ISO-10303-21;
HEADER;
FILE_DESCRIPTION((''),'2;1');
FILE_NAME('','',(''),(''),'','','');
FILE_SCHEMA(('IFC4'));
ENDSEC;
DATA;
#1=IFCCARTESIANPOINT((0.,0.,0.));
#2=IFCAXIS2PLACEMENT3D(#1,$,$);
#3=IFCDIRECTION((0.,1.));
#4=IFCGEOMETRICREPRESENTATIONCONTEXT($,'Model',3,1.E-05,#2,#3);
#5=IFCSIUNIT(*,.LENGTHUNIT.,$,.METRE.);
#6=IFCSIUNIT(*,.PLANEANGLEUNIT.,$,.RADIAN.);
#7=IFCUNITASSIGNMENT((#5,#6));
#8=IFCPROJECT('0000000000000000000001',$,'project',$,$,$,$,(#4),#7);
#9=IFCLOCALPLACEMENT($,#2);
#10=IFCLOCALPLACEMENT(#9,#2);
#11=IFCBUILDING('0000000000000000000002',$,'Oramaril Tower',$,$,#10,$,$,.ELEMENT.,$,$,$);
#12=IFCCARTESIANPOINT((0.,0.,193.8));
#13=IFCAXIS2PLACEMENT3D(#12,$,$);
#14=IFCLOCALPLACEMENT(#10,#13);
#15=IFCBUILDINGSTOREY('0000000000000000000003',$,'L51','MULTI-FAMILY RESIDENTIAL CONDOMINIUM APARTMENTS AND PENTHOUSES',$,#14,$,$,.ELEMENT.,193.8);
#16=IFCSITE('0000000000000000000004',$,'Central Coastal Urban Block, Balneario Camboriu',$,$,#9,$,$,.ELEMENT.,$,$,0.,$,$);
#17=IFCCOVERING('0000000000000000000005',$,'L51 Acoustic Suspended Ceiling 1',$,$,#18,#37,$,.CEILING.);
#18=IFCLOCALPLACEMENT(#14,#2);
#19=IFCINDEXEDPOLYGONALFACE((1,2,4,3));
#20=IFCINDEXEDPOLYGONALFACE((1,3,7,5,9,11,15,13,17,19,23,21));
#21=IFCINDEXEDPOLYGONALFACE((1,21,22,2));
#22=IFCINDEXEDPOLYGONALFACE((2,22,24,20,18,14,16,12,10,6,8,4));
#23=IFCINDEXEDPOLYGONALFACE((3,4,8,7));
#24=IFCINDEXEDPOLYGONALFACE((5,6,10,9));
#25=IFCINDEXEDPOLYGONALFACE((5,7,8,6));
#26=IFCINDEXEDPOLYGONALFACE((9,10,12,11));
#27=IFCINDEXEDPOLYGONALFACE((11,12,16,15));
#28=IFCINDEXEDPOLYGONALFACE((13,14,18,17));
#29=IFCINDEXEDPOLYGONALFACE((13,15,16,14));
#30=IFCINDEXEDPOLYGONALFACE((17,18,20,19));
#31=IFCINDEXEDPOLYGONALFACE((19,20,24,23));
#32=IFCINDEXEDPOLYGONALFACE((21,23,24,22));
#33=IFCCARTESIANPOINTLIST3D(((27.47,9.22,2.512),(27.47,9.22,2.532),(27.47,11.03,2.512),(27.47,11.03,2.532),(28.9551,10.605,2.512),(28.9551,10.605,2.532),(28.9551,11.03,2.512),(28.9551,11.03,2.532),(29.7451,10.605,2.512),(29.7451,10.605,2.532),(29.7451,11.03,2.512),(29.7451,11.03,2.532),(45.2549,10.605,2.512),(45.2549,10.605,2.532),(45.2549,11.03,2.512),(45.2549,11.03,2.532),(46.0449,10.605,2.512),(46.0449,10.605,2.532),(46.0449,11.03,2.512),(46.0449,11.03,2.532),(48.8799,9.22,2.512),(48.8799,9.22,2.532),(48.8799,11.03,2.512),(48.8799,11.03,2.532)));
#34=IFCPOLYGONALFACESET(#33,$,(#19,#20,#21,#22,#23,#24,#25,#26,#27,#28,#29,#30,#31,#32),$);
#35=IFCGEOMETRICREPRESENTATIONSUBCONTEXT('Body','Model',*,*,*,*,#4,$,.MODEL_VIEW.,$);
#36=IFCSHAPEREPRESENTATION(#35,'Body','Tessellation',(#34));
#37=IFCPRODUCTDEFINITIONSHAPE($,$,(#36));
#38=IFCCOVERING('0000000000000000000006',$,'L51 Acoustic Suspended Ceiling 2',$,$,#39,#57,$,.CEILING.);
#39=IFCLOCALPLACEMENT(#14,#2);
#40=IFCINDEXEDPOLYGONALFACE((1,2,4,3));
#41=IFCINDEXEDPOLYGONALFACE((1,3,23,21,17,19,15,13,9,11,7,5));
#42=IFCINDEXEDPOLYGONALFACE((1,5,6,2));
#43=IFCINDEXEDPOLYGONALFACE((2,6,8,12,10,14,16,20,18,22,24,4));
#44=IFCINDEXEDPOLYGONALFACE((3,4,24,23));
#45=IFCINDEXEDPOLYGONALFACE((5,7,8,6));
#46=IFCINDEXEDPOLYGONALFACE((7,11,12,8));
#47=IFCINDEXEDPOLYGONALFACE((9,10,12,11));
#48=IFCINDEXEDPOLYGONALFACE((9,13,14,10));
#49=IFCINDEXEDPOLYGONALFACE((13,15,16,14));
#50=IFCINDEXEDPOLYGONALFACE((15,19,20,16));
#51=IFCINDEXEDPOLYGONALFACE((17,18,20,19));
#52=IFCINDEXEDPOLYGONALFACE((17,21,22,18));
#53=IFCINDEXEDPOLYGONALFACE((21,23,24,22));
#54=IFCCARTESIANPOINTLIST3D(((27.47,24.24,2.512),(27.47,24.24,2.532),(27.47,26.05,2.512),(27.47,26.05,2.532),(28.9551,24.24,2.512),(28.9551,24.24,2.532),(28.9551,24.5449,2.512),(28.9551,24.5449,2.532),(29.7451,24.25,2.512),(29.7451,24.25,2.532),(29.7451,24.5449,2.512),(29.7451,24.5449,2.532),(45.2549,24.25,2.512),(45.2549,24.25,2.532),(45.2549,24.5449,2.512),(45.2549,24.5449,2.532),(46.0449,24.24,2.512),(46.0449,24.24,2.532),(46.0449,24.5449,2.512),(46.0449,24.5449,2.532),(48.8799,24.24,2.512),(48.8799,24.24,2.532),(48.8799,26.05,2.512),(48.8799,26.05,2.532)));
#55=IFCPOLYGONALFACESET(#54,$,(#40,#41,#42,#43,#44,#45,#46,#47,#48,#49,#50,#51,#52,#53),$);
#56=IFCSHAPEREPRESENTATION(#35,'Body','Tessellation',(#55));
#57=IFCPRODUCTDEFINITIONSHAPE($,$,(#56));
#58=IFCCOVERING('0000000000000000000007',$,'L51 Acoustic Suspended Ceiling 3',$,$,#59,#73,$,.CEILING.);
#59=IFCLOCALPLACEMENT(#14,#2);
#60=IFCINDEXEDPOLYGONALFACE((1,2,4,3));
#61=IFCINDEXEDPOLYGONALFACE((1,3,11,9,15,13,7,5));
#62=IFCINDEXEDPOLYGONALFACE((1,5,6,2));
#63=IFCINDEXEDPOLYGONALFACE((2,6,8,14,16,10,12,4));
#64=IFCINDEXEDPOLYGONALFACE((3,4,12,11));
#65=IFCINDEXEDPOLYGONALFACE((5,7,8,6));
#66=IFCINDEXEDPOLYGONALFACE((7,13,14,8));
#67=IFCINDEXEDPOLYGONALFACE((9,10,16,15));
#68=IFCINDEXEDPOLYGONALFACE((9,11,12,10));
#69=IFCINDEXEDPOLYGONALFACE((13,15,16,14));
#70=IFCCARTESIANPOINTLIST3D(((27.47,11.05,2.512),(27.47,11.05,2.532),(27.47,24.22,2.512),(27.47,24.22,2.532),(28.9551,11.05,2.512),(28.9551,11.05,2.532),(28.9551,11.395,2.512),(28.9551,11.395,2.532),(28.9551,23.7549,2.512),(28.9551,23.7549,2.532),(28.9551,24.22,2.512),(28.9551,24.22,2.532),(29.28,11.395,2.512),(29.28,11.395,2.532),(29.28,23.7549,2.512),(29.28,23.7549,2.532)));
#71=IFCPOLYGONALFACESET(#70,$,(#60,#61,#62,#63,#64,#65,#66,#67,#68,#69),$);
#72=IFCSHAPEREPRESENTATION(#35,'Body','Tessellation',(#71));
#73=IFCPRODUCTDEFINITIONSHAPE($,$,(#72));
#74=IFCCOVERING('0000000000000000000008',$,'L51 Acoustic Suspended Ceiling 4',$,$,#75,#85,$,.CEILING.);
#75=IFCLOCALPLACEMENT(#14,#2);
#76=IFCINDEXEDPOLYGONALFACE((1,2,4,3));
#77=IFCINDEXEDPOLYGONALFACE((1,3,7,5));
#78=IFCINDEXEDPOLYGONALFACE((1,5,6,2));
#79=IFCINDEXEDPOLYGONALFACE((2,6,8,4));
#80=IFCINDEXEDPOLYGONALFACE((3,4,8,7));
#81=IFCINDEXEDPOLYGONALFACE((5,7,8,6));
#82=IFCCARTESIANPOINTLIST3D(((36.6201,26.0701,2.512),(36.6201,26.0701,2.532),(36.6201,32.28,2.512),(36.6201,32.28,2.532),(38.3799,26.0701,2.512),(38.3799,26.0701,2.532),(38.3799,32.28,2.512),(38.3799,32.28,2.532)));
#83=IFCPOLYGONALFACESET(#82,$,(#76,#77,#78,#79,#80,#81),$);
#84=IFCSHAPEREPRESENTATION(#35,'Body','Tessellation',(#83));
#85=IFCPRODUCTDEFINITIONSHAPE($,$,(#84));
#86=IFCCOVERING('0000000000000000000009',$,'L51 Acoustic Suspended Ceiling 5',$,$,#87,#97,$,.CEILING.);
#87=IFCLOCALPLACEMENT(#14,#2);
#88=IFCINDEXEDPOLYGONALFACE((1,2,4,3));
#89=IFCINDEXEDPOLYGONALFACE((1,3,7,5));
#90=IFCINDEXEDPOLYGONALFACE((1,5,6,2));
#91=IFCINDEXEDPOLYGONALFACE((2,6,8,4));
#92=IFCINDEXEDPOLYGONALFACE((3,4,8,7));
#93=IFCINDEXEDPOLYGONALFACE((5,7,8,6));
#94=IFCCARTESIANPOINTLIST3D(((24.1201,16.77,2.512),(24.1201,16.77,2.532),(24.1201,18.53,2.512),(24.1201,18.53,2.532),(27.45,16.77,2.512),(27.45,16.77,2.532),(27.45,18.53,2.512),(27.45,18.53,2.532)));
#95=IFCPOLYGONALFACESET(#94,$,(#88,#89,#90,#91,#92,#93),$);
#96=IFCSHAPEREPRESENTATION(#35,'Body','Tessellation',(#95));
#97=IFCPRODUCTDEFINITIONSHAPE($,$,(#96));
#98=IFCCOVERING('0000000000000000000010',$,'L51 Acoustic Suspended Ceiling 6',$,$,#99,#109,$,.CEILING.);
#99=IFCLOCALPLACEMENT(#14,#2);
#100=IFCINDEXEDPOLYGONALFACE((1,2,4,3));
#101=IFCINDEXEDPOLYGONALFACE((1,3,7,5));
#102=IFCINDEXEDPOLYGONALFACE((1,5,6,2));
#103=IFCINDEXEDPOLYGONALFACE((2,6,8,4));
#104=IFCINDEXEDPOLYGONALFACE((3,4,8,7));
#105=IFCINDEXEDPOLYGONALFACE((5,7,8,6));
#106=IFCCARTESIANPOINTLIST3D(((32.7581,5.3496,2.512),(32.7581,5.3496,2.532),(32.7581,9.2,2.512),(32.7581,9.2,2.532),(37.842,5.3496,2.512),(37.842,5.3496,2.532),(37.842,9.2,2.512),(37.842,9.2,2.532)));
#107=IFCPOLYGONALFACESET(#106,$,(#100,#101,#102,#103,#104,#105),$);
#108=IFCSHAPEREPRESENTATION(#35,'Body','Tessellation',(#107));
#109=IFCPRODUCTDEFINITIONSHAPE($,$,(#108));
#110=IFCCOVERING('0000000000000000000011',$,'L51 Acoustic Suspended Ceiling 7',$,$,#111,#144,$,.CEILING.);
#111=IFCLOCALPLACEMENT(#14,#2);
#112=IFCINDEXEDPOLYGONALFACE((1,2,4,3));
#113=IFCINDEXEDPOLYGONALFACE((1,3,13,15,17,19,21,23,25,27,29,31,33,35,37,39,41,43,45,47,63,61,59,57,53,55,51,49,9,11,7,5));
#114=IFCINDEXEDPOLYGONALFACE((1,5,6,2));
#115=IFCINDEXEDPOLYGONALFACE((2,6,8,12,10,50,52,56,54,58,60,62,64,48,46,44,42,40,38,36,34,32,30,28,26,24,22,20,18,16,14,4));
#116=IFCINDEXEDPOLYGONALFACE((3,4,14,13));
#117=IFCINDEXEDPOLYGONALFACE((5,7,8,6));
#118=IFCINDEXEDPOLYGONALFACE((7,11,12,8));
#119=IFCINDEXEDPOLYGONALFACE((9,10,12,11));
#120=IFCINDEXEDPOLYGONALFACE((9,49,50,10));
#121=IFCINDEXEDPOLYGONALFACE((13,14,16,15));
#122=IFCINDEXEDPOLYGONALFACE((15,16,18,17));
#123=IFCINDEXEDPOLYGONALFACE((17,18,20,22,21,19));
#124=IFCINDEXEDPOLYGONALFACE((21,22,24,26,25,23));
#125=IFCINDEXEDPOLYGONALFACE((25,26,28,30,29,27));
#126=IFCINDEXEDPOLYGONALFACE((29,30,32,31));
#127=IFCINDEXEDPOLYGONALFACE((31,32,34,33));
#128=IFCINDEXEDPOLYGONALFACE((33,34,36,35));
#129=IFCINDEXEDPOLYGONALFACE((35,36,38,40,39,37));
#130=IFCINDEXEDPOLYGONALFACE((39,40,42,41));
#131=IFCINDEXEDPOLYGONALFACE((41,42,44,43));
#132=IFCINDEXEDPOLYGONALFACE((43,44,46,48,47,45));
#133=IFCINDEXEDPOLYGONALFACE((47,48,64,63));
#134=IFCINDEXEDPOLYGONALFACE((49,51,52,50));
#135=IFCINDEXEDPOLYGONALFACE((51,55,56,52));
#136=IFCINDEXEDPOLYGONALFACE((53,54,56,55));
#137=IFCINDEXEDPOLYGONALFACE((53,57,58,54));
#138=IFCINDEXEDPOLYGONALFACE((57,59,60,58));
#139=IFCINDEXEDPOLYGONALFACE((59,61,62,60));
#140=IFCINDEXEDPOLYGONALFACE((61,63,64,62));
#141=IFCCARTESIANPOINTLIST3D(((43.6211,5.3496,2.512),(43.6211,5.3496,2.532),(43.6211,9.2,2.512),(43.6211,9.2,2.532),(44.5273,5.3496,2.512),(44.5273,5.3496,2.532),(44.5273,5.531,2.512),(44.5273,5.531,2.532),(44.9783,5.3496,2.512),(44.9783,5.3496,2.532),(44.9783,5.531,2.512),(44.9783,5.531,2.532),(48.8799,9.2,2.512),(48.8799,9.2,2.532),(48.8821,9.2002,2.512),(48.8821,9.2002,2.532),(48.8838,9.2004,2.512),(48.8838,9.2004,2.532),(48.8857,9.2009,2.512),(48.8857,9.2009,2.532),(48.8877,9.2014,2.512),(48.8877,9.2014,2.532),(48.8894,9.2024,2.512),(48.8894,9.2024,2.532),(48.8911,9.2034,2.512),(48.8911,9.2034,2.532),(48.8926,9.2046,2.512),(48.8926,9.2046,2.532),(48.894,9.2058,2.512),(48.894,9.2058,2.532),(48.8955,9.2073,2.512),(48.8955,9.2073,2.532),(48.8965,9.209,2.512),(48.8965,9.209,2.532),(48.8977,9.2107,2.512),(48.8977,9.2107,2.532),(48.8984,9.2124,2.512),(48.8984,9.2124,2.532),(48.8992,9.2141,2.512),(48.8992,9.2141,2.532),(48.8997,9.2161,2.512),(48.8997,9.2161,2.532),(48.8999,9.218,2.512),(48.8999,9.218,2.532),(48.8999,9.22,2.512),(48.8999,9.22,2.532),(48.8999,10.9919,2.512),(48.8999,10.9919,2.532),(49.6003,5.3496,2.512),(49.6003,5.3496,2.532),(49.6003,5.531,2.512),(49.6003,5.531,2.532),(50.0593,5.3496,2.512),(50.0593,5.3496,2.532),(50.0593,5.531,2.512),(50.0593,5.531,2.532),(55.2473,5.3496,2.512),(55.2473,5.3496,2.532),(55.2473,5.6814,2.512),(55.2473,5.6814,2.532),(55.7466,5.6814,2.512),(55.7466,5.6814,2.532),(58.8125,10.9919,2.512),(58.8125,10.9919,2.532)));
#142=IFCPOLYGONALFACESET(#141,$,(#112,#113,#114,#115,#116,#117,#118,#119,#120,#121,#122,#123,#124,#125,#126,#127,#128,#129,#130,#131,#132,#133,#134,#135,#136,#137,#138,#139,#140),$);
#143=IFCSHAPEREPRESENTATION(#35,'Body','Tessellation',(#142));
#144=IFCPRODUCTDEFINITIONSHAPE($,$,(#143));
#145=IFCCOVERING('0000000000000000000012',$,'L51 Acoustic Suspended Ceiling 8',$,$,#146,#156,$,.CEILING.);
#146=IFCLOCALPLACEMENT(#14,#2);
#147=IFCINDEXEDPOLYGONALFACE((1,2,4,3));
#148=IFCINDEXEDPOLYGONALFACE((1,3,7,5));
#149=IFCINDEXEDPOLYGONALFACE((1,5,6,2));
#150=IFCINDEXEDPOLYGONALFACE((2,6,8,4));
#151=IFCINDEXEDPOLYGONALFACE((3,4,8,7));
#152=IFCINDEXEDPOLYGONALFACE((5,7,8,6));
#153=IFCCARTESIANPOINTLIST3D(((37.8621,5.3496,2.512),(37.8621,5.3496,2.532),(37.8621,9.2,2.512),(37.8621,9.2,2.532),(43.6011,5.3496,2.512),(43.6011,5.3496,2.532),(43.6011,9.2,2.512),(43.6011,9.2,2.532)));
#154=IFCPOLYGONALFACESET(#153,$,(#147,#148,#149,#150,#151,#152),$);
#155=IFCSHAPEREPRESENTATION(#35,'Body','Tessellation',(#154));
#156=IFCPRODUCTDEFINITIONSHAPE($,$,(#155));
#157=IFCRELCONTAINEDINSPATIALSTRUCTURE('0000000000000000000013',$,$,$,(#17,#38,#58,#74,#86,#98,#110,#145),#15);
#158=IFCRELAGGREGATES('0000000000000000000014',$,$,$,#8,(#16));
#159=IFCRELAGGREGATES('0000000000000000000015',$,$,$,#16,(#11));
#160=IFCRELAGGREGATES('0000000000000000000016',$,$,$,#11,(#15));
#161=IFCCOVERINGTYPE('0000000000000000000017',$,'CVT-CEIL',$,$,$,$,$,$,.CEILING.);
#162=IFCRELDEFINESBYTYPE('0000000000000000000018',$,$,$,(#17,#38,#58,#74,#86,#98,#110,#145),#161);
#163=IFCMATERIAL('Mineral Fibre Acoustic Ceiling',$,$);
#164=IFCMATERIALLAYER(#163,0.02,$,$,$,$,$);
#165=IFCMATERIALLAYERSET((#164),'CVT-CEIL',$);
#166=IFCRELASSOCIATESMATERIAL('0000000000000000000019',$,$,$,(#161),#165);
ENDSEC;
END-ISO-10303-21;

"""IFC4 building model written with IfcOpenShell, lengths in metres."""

from ifc_helpers import new_model, si_unit, direction, frame, origin, place, context, subcontext, project, spatial, polyline, outline, extrude, material, layer, layer_set, type_object, element, save


model = new_model("IFC4")

# Units and contexts
model_context = context("Model", 3, precision=1e-05, world=origin(), true_north=direction((0.0, 1.0)))
body_context = subcontext(model_context, "Body", "Model", "MODEL_VIEW")
ifc_project = project(units=[si_unit("LENGTHUNIT", "METRE"), si_unit("PLANEANGLEUNIT", "RADIAN")], contexts=[model_context])

# Site, building, storey
site_placement = place(None, origin())
site = spatial("IfcSite", under=ifc_project, at=site_placement, Name="Central Coastal Urban Block, Balneario Camboriu", CompositionType="ELEMENT", RefElevation=0.0)
building_placement = place(site_placement, origin())
building = spatial("IfcBuilding", under=site, at=building_placement, Name="Oramaril Tower", CompositionType="ELEMENT")
storey_placement = place(building_placement, frame((0.0, 0.0, 193.8)))
storey = spatial("IfcBuildingStorey", under=building, at=storey_placement, Name="L51", Description="MULTI-FAMILY RESIDENTIAL CONDOMINIUM APARTMENTS AND PENTHOUSES", CompositionType="ELEMENT", Elevation=193.8)

# Coverings
ifc_material_1 = material(Name="Mineral Fibre Acoustic Ceiling")
ifc_layer_1 = layer(ifc_material_1, 0.02)
ifc_layer_set_1 = layer_set([ifc_layer_1], Name="CVT-CEIL")
covering_type_1 = type_object("IfcCoveringType", Name="CVT-CEIL", PredefinedType="CEILING", material=ifc_layer_set_1)
covering_1_placement = place(storey_placement, frame((0.0, 0.0, 2.512)))
element("IfcCovering", 1, at=covering_1_placement, inside=storey, type_object=covering_type_1, Name="L51 Acoustic Suspended Ceiling 1", PredefinedType="CEILING", context=body_context, shape_type="SweptSolid", body=[
    extrude(outline(polyline([(28.9551, 10.605), (29.7451, 10.605), (29.7451, 11.03), (45.2549, 11.03), (45.2549, 10.605), (46.0449, 10.605), (46.0449, 11.03), (48.8799, 11.03), (48.8799, 9.22), (27.47, 9.22), (27.47, 11.03), (28.9551, 11.03), (28.9551, 10.605)])), origin(), (0.0, 0.0, 1.0), 0.02),
])
covering_2_placement = place(storey_placement, frame((0.0, 0.0, 2.512)))
element("IfcCovering", 2, at=covering_2_placement, inside=storey, type_object=covering_type_1, Name="L51 Acoustic Suspended Ceiling 2", PredefinedType="CEILING", context=body_context, shape_type="SweptSolid", body=[
    extrude(outline(polyline([(48.8799, 24.24), (46.0449, 24.24), (46.0449, 24.5449), (45.2549, 24.5449), (45.2549, 24.25), (29.7451, 24.25), (29.7451, 24.5449), (28.9551, 24.5449), (28.9551, 24.24), (27.47, 24.24), (27.47, 26.05), (48.8799, 26.05), (48.8799, 24.24)])), origin(), (0.0, 0.0, 1.0), 0.02),
])
covering_3_placement = place(storey_placement, frame((0.0, 0.0, 2.512)))
element("IfcCovering", 3, at=covering_3_placement, inside=storey, type_object=covering_type_1, Name="L51 Acoustic Suspended Ceiling 3", PredefinedType="CEILING", context=body_context, shape_type="SweptSolid", body=[
    extrude(outline(polyline([(28.9551, 23.7549), (29.28, 23.7549), (29.28, 11.395), (28.9551, 11.395), (28.9551, 11.05), (27.47, 11.05), (27.47, 24.22), (28.9551, 24.22), (28.9551, 23.7549)])), origin(), (0.0, 0.0, 1.0), 0.02),
])
covering_4_placement = place(storey_placement, frame((0.0, 0.0, 2.512)))
element("IfcCovering", 4, at=covering_4_placement, inside=storey, type_object=covering_type_1, Name="L51 Acoustic Suspended Ceiling 4", PredefinedType="CEILING", context=body_context, shape_type="SweptSolid", body=[
    extrude(outline(polyline([(38.3799, 26.0701), (36.6201, 26.0701), (36.6201, 32.28), (38.3799, 32.28), (38.3799, 26.0701)])), origin(), (0.0, 0.0, 1.0), 0.02),
])
covering_5_placement = place(storey_placement, frame((0.0, 0.0, 2.512)))
element("IfcCovering", 5, at=covering_5_placement, inside=storey, type_object=covering_type_1, Name="L51 Acoustic Suspended Ceiling 5", PredefinedType="CEILING", context=body_context, shape_type="SweptSolid", body=[
    extrude(outline(polyline([(24.1201, 16.77), (24.1201, 18.53), (27.45, 18.53), (27.45, 16.77), (24.1201, 16.77)])), origin(), (0.0, 0.0, 1.0), 0.02),
])
covering_6_placement = place(storey_placement, frame((0.0, 0.0, 2.512)))
element("IfcCovering", 6, at=covering_6_placement, inside=storey, type_object=covering_type_1, Name="L51 Acoustic Suspended Ceiling 6", PredefinedType="CEILING", context=body_context, shape_type="SweptSolid", body=[
    extrude(outline(polyline([(37.842, 5.3496), (32.7581, 5.3496), (32.7581, 9.2), (37.842, 9.2), (37.842, 5.3496)])), origin(), (0.0, 0.0, 1.0), 0.02),
])
covering_7_placement = place(storey_placement, frame((0.0, 0.0, 2.512)))
element("IfcCovering", 7, at=covering_7_placement, inside=storey, type_object=covering_type_1, Name="L51 Acoustic Suspended Ceiling 7", PredefinedType="CEILING", context=body_context, shape_type="SweptSolid", body=[
    extrude(outline(polyline([(55.7466, 5.6814), (55.2473, 5.6814), (55.2473, 5.3496), (50.0593, 5.3496), (50.0593, 5.531), (49.6003, 5.531), (49.6003, 5.3496), (44.9783, 5.3496), (44.9783, 5.531), (44.5273, 5.531), (44.5273, 5.3496), (43.6211, 5.3496), (43.6211, 9.2), (48.8799, 9.2), (48.8821, 9.2002), (48.8838, 9.2004), (48.8857, 9.2009), (48.8877, 9.2014), (48.8894, 9.2024), (48.8911, 9.2034), (48.8926, 9.2046), (48.894, 9.2058), (48.8955, 9.2073), (48.8965, 9.209), (48.8977, 9.2107), (48.8984, 9.2124), (48.8992, 9.2141), (48.8997, 9.2161), (48.8999, 9.218), (48.8999, 9.22), (48.8999, 10.9919), (58.8125, 10.9919), (55.7466, 5.6814)])), origin(), (0.0, 0.0, 1.0), 0.02),
])
covering_8_placement = place(storey_placement, frame((0.0, 0.0, 2.512)))
element("IfcCovering", 8, at=covering_8_placement, inside=storey, type_object=covering_type_1, Name="L51 Acoustic Suspended Ceiling 8", PredefinedType="CEILING", context=body_context, shape_type="SweptSolid", body=[
    extrude(outline(polyline([(37.8621, 5.3496), (37.8621, 9.2), (43.6011, 9.2), (43.6011, 5.3496), (37.8621, 5.3496)])), origin(), (0.0, 0.0, 1.0), 0.02),
])

save(model, "model.ifc")
